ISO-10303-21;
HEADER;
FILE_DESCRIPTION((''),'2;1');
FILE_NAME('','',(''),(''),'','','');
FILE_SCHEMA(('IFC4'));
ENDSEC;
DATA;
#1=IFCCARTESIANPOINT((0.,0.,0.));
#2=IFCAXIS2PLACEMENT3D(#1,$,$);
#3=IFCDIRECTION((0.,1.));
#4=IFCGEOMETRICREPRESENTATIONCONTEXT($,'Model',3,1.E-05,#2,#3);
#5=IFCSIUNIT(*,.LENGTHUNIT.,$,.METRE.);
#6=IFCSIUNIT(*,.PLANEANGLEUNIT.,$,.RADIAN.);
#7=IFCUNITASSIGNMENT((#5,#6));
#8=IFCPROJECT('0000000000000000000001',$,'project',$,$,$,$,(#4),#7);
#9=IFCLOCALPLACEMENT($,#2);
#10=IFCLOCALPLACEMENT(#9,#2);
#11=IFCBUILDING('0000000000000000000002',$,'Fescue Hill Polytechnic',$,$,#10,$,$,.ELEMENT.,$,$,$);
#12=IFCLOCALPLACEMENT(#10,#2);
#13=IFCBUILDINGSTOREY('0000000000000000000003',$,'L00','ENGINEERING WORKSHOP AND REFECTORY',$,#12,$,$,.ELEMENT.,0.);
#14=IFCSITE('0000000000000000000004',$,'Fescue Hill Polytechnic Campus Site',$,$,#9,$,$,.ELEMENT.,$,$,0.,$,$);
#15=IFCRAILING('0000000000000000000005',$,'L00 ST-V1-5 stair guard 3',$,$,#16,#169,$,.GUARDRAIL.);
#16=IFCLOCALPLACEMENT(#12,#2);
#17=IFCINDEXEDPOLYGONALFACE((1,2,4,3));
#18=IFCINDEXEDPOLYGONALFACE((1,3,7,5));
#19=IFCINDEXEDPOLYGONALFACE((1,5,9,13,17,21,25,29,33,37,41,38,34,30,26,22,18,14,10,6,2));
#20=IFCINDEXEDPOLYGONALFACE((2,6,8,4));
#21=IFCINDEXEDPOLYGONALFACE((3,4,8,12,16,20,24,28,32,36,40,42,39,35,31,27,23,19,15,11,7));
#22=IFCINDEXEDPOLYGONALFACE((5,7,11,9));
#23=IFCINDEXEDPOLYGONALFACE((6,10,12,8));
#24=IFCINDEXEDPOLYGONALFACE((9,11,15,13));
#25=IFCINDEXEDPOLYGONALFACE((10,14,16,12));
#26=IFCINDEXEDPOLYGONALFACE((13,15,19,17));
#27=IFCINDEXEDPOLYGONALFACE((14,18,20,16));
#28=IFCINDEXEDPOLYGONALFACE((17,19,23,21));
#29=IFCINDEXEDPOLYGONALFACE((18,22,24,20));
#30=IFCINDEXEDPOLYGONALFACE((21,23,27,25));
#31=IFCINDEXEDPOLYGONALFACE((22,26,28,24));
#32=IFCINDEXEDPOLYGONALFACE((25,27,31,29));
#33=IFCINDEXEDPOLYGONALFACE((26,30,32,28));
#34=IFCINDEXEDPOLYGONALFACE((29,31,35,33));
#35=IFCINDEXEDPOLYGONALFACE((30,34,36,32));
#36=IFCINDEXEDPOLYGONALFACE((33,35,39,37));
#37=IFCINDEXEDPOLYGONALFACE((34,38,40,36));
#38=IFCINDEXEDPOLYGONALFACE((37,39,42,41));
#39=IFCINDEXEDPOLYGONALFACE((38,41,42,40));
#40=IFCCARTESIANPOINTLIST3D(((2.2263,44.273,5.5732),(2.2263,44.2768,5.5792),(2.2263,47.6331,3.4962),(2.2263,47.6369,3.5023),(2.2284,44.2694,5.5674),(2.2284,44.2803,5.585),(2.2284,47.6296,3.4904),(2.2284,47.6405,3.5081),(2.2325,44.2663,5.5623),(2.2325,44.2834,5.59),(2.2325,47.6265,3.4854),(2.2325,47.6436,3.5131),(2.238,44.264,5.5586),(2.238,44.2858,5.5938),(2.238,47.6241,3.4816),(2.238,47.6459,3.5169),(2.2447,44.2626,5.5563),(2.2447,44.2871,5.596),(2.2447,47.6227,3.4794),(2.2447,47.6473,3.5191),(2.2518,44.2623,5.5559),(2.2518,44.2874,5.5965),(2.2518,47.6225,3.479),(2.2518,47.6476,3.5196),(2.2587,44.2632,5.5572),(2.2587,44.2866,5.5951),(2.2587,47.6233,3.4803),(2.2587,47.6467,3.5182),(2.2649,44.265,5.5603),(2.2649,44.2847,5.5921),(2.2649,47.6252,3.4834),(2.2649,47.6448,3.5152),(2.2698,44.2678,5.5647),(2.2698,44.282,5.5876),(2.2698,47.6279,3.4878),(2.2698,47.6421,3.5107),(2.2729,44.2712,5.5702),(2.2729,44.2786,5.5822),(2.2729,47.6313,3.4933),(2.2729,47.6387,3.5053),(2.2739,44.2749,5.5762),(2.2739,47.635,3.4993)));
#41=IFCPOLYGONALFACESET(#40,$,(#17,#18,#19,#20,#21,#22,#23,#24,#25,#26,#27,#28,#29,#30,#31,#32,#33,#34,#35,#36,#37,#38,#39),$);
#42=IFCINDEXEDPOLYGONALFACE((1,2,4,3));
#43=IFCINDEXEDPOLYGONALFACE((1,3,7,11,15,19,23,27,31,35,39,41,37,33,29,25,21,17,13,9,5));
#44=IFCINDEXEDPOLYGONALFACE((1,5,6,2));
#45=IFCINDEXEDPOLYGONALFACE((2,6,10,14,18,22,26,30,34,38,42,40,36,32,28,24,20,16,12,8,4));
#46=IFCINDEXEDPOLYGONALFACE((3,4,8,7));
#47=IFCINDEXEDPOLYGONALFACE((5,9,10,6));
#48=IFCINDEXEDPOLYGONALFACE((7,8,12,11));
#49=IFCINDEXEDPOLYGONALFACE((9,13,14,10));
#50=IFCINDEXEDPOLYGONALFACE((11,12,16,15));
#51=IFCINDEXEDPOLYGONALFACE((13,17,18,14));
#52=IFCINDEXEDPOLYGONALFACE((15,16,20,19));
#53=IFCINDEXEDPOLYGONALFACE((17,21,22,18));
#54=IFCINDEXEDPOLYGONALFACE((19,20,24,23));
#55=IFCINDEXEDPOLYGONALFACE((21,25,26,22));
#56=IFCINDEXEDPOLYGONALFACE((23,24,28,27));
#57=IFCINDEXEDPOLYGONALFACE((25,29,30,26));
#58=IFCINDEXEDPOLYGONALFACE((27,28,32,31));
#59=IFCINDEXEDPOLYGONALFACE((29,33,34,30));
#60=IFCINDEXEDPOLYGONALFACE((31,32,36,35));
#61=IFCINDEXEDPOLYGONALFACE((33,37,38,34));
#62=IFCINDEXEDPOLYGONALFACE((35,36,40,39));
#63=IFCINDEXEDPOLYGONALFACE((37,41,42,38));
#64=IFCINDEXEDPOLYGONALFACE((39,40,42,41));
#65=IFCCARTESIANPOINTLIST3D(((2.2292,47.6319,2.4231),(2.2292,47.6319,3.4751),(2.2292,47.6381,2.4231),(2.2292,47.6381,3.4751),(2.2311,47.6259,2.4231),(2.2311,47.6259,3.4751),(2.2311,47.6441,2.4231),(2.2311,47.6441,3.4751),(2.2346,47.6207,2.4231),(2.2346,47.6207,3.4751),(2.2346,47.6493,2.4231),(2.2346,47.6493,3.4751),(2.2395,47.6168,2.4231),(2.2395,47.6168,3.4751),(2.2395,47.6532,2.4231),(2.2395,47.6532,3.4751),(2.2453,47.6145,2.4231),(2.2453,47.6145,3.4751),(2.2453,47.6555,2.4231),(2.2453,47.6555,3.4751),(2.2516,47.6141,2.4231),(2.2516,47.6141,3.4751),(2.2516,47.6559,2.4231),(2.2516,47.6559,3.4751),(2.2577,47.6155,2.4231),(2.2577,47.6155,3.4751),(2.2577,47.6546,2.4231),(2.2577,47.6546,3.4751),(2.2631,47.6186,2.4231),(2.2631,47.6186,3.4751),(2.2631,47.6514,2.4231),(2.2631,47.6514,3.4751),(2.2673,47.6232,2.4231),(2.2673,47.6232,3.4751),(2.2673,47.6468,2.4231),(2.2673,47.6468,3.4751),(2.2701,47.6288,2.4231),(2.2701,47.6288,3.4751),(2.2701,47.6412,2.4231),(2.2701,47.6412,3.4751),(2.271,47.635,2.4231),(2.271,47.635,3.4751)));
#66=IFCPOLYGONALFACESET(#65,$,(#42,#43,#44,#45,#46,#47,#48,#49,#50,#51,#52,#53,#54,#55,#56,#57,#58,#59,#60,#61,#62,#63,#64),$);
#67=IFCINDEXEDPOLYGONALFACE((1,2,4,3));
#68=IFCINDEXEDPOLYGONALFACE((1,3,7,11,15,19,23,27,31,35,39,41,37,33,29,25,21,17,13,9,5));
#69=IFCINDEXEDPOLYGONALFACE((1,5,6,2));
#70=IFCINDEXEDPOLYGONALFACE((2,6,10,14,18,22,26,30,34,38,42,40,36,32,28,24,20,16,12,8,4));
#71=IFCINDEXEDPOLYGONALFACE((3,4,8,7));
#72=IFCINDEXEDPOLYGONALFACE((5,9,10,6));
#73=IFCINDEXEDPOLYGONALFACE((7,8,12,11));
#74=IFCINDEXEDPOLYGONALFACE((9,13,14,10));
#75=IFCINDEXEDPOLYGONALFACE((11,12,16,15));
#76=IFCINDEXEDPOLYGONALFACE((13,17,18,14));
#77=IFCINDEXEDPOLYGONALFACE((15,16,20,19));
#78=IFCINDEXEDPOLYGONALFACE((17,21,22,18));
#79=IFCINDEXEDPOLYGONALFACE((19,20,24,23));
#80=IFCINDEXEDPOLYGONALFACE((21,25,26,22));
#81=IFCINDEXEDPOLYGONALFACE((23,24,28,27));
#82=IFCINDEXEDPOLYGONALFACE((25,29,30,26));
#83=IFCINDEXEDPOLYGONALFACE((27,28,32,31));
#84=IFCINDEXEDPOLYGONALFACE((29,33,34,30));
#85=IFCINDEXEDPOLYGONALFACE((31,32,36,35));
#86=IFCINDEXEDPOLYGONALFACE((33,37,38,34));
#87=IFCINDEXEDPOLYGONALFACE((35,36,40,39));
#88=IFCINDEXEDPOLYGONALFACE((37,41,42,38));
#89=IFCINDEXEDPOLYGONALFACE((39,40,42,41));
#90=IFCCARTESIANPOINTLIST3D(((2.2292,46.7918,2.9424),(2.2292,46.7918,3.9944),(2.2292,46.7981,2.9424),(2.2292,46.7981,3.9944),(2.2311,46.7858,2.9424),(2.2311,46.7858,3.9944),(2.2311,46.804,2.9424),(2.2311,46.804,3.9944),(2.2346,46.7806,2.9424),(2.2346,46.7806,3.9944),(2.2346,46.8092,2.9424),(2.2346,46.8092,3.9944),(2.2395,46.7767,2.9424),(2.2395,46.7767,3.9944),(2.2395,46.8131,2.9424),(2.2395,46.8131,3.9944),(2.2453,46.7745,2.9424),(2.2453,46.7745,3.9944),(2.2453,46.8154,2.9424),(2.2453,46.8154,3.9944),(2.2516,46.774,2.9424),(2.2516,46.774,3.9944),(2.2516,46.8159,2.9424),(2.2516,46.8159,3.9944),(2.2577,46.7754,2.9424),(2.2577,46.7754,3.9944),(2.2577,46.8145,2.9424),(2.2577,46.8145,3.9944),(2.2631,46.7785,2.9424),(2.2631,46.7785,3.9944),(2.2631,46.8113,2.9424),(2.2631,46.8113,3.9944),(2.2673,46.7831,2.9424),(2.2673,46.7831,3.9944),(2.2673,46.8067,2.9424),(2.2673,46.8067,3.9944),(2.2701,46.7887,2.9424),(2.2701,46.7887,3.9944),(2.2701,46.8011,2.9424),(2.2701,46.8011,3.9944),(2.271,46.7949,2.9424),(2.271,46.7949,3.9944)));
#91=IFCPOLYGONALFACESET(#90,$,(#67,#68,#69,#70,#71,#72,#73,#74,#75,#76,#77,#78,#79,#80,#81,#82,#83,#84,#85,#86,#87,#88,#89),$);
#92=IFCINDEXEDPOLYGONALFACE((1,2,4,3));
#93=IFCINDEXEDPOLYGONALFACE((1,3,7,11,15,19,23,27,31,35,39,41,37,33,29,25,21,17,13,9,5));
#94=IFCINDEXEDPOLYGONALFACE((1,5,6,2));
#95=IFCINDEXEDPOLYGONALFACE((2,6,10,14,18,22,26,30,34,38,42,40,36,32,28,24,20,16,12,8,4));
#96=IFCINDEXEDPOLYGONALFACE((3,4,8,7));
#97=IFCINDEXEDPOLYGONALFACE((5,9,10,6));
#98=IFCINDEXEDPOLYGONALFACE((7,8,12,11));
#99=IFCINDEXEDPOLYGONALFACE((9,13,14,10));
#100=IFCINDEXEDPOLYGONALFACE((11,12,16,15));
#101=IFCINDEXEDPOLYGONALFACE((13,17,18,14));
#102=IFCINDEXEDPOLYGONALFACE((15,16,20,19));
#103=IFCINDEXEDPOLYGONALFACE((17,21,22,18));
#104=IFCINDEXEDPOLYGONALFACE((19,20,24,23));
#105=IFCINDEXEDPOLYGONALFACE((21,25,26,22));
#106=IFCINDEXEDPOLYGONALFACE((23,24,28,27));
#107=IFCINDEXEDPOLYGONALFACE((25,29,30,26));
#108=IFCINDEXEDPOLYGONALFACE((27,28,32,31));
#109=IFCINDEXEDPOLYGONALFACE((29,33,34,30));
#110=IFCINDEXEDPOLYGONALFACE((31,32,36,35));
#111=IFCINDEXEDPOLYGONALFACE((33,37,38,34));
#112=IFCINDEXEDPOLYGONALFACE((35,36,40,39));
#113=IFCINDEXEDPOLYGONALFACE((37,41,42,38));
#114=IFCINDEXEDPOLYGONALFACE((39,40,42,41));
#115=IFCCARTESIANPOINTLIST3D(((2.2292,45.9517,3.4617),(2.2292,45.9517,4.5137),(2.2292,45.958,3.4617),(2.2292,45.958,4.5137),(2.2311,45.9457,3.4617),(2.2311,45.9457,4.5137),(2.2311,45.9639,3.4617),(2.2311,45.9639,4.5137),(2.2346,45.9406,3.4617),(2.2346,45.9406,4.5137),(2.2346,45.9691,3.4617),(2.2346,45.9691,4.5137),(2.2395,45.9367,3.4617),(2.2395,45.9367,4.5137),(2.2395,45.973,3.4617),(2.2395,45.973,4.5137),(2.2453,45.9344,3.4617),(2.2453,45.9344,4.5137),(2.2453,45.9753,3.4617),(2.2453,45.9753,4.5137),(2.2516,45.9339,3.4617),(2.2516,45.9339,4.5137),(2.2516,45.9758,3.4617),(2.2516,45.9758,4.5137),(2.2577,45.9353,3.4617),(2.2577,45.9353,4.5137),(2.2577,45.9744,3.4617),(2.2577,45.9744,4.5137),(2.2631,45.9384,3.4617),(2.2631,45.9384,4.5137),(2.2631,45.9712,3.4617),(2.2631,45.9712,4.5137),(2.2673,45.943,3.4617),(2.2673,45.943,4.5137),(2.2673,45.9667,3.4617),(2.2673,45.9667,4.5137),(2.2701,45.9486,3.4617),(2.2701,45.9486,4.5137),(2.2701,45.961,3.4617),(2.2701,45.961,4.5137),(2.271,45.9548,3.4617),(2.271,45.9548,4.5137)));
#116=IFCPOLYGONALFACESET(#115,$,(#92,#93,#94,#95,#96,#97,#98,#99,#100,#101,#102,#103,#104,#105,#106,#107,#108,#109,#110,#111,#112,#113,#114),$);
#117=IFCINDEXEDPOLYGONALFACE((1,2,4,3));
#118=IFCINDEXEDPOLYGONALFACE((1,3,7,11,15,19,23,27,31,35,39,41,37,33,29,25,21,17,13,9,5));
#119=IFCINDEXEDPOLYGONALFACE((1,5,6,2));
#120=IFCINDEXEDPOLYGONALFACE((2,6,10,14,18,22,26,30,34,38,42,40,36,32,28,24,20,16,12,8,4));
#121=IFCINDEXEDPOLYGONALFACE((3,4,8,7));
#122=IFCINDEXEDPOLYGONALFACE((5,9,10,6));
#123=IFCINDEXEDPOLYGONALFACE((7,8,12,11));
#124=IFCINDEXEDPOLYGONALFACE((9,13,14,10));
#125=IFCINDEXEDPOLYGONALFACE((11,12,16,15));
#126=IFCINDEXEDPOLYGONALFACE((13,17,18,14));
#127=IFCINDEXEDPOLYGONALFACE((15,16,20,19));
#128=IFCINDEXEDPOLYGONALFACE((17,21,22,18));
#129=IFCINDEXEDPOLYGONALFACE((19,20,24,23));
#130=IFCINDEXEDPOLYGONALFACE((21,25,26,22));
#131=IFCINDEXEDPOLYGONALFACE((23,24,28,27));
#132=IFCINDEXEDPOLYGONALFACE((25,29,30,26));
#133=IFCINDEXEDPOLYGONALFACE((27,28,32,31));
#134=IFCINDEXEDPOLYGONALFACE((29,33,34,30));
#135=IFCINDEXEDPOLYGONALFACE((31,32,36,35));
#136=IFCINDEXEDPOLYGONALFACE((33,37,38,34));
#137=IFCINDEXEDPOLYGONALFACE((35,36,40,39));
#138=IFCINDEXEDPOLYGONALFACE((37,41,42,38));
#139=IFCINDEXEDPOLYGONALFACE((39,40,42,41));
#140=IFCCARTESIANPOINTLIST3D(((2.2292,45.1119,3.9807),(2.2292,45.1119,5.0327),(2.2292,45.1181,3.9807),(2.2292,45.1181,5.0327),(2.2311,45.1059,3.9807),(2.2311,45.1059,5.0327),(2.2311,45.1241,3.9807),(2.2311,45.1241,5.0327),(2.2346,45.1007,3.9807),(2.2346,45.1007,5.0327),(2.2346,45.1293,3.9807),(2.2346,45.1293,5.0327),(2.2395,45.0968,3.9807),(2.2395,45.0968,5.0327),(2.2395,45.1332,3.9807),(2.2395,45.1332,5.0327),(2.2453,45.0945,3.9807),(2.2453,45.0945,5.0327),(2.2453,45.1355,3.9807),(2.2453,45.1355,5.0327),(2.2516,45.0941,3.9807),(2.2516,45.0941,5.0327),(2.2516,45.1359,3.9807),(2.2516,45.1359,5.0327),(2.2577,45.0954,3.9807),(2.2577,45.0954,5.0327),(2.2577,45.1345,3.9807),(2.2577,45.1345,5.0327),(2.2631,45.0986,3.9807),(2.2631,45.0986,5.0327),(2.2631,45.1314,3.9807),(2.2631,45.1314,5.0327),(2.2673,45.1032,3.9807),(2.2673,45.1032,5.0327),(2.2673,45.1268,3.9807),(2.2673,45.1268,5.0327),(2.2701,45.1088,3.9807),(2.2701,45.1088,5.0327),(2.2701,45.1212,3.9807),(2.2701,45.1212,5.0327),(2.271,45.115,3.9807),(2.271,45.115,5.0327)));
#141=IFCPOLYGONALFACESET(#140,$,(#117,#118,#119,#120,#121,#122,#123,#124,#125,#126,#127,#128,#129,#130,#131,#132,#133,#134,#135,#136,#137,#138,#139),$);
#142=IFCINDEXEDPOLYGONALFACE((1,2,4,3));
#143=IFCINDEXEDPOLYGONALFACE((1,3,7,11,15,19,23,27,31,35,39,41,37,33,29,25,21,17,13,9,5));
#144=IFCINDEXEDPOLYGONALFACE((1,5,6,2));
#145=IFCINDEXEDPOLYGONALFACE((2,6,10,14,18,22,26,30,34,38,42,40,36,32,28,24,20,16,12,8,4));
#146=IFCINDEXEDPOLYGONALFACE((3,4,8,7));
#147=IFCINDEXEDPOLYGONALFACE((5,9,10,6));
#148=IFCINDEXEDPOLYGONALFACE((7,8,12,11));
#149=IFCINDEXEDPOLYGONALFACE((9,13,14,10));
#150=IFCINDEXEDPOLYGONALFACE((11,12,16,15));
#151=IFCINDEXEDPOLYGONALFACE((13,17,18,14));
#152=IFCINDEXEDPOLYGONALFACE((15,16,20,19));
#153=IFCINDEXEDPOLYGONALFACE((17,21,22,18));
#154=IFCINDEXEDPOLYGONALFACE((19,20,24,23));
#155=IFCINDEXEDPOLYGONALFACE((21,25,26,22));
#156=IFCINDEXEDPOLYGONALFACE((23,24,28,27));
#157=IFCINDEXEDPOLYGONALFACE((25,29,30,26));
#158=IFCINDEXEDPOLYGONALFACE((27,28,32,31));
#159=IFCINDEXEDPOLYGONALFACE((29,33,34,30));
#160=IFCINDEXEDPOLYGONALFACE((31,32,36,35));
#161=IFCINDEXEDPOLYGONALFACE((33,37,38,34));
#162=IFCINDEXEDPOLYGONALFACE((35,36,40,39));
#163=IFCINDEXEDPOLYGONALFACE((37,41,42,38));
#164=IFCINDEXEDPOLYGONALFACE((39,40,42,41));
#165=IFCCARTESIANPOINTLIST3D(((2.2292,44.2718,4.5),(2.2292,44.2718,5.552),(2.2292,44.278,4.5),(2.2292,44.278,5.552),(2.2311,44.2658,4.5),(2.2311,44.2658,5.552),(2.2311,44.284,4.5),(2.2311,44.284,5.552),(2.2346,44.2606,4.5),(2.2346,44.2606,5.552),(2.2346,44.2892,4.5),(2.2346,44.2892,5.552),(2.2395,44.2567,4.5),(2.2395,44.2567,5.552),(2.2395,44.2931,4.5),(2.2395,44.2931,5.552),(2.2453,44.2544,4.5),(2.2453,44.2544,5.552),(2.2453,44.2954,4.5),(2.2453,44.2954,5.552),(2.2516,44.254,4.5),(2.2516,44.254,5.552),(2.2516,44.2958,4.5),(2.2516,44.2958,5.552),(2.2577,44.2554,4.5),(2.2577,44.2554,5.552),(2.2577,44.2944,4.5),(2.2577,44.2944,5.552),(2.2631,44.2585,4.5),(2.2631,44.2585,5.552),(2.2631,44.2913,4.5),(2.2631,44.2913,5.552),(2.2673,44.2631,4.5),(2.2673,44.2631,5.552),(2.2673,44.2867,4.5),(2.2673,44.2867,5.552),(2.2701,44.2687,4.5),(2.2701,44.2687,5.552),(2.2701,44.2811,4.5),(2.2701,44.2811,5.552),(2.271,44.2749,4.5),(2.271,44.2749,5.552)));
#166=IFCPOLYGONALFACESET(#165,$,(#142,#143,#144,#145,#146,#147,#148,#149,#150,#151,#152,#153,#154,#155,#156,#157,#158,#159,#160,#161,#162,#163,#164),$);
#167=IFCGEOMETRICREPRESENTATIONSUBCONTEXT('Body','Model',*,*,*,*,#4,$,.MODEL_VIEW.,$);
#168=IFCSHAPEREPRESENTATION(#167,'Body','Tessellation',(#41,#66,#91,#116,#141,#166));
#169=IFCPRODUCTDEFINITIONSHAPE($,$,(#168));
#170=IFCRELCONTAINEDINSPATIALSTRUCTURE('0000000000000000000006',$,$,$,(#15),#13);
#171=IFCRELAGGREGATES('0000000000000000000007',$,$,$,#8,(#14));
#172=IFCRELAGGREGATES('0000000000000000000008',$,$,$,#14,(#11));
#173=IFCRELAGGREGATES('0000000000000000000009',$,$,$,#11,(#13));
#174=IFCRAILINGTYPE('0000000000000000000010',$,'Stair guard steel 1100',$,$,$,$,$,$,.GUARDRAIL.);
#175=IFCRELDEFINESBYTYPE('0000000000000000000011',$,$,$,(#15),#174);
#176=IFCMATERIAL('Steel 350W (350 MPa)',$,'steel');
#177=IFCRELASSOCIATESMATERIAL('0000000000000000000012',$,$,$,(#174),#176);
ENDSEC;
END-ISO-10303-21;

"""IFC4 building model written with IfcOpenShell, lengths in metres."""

from ifc_helpers import new_model, si_unit, direction, frame, origin, origin_2d, place, context, subcontext, project, spatial, circle, extrude, material, type_object, element, save


model = new_model("IFC4")

# Units and contexts
model_context = context("Model", 3, precision=1e-05, world=origin(), true_north=direction((0.0, 1.0)))
body_context = subcontext(model_context, "Body", "Model", "MODEL_VIEW")
ifc_project = project(units=[si_unit("LENGTHUNIT", "METRE"), si_unit("PLANEANGLEUNIT", "RADIAN")], contexts=[model_context])

# Site, building, storey
site_placement = place(None, origin())
site = spatial("IfcSite", under=ifc_project, at=site_placement, Name="Fescue Hill Polytechnic Campus Site", CompositionType="ELEMENT", RefElevation=0.0)
building_placement = place(site_placement, origin())
building = spatial("IfcBuilding", under=site, at=building_placement, Name="Fescue Hill Polytechnic", CompositionType="ELEMENT")
storey_placement = place(building_placement, origin())
storey = spatial("IfcBuildingStorey", under=building, at=storey_placement, Name="L00", Description="ENGINEERING WORKSHOP AND REFECTORY", CompositionType="ELEMENT", Elevation=0.0)

# Railing
ifc_material_1 = material(Name="Steel 350W (350 MPa)", Category="steel")
railing_type_1 = type_object("IfcRailingType", Name="Stair guard steel 1100", PredefinedType="GUARDRAIL", material=ifc_material_1)
railing_1_placement = place(storey_placement, frame((2.25, 47.635, 2.4231)))
element("IfcRailing", 1, at=railing_1_placement, inside=storey, type_object=railing_type_1, Name="L00 ST-V1-5 stair guard 3", PredefinedType="GUARDRAIL", context=body_context, shape_type="SweptSolid", body=[
    extrude(circle(Radius=0.0239, at=origin_2d()), frame((0.0, 0.0, 1.0762), z_axis=(0.0, -0.850623, 0.525776), x_axis=(1.0, 0.0, 0.0)), (0.0, 0.0, 1.0), 3.9502),
    extrude(circle(Radius=0.021, at=origin_2d()), origin(), (0.0, 0.0, 1.0), 1.052),
    extrude(circle(Radius=0.021, at=origin_2d()), frame((0.0, -0.8401, 0.5193)), (0.0, 0.0, 1.0), 1.052),
    extrude(circle(Radius=0.021, at=origin_2d()), frame((0.0, -1.6802, 1.0386)), (0.0, 0.0, 1.0), 1.052),
    extrude(circle(Radius=0.021, at=origin_2d()), frame((0.0, -2.52, 1.5576)), (0.0, 0.0, 1.0), 1.052),
    extrude(circle(Radius=0.021, at=origin_2d()), frame((0.0, -3.3601, 2.0769)), (0.0, 0.0, 1.0), 1.052),
])

save(model, "model.ifc")
